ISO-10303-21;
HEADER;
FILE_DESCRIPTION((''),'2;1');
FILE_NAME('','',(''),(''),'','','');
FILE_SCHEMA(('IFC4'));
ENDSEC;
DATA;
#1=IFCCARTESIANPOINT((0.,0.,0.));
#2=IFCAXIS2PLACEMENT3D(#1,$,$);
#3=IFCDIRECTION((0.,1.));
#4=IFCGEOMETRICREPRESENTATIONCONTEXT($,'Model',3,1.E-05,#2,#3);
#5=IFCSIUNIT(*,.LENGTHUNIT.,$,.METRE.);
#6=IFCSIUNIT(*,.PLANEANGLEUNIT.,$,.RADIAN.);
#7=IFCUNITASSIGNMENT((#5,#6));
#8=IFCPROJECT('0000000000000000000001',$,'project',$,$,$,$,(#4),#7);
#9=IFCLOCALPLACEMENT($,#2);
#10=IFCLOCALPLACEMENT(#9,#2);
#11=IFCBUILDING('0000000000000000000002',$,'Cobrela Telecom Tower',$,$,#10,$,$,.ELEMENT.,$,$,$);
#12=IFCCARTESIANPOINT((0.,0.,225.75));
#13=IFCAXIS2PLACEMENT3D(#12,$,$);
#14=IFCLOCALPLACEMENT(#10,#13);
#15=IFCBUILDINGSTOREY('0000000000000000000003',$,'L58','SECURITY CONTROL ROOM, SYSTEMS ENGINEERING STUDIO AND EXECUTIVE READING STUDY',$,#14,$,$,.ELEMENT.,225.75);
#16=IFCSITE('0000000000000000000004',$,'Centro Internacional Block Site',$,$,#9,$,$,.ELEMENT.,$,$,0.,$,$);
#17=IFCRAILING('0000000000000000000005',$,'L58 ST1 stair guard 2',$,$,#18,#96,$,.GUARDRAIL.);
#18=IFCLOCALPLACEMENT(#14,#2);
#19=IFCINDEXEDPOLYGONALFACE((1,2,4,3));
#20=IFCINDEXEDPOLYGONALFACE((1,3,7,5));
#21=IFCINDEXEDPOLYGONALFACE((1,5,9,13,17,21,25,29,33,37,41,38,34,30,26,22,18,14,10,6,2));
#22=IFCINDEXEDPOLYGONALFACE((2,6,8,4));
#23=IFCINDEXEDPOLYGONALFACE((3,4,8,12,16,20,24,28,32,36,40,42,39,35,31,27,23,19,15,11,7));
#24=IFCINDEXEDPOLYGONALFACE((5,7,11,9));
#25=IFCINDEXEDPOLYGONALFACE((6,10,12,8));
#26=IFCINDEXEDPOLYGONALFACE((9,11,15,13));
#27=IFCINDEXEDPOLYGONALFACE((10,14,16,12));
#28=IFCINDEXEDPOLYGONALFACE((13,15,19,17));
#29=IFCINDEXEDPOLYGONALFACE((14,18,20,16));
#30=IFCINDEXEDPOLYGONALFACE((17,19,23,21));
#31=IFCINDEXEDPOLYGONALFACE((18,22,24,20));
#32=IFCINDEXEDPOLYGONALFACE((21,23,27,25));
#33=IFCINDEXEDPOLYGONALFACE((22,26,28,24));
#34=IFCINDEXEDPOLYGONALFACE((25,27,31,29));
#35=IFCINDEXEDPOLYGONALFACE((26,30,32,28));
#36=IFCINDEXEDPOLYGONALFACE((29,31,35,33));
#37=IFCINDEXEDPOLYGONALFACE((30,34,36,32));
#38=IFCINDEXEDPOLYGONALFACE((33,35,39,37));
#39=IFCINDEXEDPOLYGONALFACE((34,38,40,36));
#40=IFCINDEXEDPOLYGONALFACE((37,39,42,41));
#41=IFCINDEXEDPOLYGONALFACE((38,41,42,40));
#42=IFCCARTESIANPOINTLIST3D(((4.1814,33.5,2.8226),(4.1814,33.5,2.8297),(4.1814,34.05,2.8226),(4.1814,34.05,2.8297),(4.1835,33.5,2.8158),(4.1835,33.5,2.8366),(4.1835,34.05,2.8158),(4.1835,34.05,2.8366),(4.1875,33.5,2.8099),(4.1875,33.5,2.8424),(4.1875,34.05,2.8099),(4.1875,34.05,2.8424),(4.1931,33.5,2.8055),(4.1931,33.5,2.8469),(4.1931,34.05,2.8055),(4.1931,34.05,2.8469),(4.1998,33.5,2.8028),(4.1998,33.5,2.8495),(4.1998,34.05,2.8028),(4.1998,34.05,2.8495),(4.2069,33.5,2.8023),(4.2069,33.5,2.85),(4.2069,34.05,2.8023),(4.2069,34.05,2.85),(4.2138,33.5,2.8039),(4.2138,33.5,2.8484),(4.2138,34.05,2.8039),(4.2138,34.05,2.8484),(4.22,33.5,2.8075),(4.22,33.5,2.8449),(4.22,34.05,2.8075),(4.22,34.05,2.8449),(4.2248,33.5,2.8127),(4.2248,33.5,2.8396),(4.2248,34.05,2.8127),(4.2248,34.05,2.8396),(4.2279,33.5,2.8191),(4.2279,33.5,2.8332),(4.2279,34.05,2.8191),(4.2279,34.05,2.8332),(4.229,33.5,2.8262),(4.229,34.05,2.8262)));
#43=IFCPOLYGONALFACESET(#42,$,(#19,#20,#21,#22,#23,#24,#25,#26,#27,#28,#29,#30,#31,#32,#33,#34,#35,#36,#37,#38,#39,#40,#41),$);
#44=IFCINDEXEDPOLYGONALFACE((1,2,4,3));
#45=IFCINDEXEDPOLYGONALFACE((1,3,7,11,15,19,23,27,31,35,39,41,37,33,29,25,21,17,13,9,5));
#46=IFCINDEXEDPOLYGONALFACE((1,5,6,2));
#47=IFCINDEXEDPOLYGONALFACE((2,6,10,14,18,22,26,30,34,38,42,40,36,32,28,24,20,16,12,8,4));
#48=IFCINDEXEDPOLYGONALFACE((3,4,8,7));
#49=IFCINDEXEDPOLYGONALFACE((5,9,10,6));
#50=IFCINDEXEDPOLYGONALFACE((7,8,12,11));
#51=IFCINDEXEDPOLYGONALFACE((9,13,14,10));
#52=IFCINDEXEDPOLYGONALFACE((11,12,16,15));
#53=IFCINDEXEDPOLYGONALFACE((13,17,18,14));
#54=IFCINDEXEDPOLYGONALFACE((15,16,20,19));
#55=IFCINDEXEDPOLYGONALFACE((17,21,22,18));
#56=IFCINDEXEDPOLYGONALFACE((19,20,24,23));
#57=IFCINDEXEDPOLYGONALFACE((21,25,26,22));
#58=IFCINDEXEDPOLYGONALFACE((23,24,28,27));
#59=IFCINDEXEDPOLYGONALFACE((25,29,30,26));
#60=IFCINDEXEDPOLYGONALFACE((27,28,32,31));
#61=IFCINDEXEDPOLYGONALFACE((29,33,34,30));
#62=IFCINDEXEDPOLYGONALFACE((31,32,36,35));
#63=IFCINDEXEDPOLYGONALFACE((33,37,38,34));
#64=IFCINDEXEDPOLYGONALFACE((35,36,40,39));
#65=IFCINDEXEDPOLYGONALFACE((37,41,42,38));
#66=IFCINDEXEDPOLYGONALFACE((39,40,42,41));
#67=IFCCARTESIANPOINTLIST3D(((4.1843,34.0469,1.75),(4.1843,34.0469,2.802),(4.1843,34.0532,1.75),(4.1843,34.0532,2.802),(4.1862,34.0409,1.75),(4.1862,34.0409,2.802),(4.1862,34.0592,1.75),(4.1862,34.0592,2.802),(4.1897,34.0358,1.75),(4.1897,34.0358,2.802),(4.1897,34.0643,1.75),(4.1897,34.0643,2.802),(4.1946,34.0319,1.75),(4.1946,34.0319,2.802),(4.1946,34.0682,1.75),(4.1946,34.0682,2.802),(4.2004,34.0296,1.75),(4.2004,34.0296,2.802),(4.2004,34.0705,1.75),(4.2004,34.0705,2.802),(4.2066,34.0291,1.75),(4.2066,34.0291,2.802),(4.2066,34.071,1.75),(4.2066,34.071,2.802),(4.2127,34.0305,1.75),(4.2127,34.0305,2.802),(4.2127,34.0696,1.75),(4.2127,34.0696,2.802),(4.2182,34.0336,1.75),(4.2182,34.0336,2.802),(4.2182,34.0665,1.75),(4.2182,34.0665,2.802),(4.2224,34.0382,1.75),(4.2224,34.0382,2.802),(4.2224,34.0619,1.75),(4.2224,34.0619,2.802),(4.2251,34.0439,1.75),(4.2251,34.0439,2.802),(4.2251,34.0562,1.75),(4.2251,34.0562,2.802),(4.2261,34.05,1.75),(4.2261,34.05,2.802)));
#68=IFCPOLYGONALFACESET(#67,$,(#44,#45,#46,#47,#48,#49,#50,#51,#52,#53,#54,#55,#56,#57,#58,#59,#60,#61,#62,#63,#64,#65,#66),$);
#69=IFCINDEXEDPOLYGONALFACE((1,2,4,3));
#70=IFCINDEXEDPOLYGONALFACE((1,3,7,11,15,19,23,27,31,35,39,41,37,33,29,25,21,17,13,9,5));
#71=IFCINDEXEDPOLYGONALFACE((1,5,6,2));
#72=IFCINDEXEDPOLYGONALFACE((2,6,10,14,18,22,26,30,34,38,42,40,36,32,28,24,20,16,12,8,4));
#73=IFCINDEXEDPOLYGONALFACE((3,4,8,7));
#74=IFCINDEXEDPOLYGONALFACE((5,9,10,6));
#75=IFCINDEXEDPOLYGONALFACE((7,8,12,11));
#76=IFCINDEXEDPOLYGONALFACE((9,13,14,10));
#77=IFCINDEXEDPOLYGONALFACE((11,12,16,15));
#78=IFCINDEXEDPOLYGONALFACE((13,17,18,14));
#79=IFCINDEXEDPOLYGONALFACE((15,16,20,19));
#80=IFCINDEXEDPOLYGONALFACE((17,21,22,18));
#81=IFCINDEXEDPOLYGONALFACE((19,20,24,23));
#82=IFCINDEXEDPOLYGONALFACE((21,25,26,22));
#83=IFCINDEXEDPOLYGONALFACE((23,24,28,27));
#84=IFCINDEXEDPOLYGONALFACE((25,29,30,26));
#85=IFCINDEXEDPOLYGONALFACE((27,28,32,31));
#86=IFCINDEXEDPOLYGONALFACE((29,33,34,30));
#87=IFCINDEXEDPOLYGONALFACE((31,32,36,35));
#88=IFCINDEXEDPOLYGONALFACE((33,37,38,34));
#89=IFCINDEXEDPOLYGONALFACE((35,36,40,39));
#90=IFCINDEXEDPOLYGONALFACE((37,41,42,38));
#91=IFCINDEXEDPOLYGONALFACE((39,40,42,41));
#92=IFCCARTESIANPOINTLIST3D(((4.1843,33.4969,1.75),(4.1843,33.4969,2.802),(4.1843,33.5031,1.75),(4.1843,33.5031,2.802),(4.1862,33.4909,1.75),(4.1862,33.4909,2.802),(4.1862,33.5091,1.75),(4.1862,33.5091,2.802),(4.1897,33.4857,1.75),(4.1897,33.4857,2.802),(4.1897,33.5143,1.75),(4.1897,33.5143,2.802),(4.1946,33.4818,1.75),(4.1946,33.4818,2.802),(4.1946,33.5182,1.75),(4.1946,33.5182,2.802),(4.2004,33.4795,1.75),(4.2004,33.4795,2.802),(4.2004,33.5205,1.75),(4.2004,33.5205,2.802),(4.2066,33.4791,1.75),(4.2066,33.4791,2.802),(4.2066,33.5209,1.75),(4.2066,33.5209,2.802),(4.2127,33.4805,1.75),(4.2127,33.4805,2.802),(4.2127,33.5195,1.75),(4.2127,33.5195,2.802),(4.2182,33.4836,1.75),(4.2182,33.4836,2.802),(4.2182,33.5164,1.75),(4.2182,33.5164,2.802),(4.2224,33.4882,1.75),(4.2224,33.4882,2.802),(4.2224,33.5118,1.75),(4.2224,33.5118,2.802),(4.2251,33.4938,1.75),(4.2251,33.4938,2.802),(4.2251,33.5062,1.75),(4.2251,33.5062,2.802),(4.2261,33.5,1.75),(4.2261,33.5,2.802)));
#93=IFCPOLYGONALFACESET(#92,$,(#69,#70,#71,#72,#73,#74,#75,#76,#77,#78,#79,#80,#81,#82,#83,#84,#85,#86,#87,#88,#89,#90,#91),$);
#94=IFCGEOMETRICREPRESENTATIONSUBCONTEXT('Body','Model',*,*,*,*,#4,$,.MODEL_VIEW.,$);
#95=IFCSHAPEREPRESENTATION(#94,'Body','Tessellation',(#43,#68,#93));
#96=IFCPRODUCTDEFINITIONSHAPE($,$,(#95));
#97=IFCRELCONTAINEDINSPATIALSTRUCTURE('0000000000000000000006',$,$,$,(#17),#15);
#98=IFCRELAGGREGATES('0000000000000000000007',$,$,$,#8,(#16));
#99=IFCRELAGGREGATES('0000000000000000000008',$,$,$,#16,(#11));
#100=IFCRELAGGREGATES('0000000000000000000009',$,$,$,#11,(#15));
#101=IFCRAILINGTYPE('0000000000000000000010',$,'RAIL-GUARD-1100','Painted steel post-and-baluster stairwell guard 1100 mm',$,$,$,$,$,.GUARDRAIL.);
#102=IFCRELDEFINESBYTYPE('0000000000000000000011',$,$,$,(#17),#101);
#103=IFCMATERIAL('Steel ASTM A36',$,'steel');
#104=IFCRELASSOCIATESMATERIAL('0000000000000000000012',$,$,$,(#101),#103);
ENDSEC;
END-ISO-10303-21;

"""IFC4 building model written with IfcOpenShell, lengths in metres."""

from ifc_helpers import new_model, si_unit, direction, frame, origin, origin_2d, place, context, subcontext, project, spatial, circle, extrude, material, type_object, element, save


model = new_model("IFC4")

# Units and contexts
model_context = context("Model", 3, precision=1e-05, world=origin(), true_north=direction((0.0, 1.0)))
body_context = subcontext(model_context, "Body", "Model", "MODEL_VIEW")
ifc_project = project(units=[si_unit("LENGTHUNIT", "METRE"), si_unit("PLANEANGLEUNIT", "RADIAN")], contexts=[model_context])

# Site, building, storey
site_placement = place(None, origin())
site = spatial("IfcSite", under=ifc_project, at=site_placement, Name="Centro Internacional Block Site", CompositionType="ELEMENT", RefElevation=0.0)
building_placement = place(site_placement, origin())
building = spatial("IfcBuilding", under=site, at=building_placement, Name="Cobrela Telecom Tower", CompositionType="ELEMENT")
storey_placement = place(building_placement, frame((0.0, 0.0, 225.75)))
storey = spatial("IfcBuildingStorey", under=building, at=storey_placement, Name="L58", Description="SECURITY CONTROL ROOM, SYSTEMS ENGINEERING STUDIO AND EXECUTIVE READING STUDY", CompositionType="ELEMENT", Elevation=225.75)

# Shared definitions
ifc_material_1 = material(Name="Steel ASTM A36", Category="steel")

# Railing
railing_type_1 = type_object("IfcRailingType", Name="RAIL-GUARD-1100", Description="Painted steel post-and-baluster stairwell guard 1100 mm", PredefinedType="GUARDRAIL", material=ifc_material_1)
railing_1_placement = place(storey_placement, frame((4.2051, 34.05, 1.75)))
element("IfcRailing", 1, at=railing_1_placement, inside=storey, type_object=railing_type_1, Name="L58 ST1 stair guard 2", PredefinedType="GUARDRAIL", context=body_context, shape_type="SweptSolid", body=[
    extrude(circle(Radius=0.0239, at=origin_2d()), frame((0.0, 0.0, 1.0762), z_axis=(0.0, -1.0, 0.0), x_axis=(1.0, 0.0, 0.0)), (0.0, 0.0, 1.0), 0.55),
    extrude(circle(Radius=0.021, at=origin_2d()), origin(), (0.0, 0.0, 1.0), 1.052),
    extrude(circle(Radius=0.021, at=origin_2d()), frame((0.0, -0.55, 0.0)), (0.0, 0.0, 1.0), 1.052),
])

save(model, "model.ifc")
